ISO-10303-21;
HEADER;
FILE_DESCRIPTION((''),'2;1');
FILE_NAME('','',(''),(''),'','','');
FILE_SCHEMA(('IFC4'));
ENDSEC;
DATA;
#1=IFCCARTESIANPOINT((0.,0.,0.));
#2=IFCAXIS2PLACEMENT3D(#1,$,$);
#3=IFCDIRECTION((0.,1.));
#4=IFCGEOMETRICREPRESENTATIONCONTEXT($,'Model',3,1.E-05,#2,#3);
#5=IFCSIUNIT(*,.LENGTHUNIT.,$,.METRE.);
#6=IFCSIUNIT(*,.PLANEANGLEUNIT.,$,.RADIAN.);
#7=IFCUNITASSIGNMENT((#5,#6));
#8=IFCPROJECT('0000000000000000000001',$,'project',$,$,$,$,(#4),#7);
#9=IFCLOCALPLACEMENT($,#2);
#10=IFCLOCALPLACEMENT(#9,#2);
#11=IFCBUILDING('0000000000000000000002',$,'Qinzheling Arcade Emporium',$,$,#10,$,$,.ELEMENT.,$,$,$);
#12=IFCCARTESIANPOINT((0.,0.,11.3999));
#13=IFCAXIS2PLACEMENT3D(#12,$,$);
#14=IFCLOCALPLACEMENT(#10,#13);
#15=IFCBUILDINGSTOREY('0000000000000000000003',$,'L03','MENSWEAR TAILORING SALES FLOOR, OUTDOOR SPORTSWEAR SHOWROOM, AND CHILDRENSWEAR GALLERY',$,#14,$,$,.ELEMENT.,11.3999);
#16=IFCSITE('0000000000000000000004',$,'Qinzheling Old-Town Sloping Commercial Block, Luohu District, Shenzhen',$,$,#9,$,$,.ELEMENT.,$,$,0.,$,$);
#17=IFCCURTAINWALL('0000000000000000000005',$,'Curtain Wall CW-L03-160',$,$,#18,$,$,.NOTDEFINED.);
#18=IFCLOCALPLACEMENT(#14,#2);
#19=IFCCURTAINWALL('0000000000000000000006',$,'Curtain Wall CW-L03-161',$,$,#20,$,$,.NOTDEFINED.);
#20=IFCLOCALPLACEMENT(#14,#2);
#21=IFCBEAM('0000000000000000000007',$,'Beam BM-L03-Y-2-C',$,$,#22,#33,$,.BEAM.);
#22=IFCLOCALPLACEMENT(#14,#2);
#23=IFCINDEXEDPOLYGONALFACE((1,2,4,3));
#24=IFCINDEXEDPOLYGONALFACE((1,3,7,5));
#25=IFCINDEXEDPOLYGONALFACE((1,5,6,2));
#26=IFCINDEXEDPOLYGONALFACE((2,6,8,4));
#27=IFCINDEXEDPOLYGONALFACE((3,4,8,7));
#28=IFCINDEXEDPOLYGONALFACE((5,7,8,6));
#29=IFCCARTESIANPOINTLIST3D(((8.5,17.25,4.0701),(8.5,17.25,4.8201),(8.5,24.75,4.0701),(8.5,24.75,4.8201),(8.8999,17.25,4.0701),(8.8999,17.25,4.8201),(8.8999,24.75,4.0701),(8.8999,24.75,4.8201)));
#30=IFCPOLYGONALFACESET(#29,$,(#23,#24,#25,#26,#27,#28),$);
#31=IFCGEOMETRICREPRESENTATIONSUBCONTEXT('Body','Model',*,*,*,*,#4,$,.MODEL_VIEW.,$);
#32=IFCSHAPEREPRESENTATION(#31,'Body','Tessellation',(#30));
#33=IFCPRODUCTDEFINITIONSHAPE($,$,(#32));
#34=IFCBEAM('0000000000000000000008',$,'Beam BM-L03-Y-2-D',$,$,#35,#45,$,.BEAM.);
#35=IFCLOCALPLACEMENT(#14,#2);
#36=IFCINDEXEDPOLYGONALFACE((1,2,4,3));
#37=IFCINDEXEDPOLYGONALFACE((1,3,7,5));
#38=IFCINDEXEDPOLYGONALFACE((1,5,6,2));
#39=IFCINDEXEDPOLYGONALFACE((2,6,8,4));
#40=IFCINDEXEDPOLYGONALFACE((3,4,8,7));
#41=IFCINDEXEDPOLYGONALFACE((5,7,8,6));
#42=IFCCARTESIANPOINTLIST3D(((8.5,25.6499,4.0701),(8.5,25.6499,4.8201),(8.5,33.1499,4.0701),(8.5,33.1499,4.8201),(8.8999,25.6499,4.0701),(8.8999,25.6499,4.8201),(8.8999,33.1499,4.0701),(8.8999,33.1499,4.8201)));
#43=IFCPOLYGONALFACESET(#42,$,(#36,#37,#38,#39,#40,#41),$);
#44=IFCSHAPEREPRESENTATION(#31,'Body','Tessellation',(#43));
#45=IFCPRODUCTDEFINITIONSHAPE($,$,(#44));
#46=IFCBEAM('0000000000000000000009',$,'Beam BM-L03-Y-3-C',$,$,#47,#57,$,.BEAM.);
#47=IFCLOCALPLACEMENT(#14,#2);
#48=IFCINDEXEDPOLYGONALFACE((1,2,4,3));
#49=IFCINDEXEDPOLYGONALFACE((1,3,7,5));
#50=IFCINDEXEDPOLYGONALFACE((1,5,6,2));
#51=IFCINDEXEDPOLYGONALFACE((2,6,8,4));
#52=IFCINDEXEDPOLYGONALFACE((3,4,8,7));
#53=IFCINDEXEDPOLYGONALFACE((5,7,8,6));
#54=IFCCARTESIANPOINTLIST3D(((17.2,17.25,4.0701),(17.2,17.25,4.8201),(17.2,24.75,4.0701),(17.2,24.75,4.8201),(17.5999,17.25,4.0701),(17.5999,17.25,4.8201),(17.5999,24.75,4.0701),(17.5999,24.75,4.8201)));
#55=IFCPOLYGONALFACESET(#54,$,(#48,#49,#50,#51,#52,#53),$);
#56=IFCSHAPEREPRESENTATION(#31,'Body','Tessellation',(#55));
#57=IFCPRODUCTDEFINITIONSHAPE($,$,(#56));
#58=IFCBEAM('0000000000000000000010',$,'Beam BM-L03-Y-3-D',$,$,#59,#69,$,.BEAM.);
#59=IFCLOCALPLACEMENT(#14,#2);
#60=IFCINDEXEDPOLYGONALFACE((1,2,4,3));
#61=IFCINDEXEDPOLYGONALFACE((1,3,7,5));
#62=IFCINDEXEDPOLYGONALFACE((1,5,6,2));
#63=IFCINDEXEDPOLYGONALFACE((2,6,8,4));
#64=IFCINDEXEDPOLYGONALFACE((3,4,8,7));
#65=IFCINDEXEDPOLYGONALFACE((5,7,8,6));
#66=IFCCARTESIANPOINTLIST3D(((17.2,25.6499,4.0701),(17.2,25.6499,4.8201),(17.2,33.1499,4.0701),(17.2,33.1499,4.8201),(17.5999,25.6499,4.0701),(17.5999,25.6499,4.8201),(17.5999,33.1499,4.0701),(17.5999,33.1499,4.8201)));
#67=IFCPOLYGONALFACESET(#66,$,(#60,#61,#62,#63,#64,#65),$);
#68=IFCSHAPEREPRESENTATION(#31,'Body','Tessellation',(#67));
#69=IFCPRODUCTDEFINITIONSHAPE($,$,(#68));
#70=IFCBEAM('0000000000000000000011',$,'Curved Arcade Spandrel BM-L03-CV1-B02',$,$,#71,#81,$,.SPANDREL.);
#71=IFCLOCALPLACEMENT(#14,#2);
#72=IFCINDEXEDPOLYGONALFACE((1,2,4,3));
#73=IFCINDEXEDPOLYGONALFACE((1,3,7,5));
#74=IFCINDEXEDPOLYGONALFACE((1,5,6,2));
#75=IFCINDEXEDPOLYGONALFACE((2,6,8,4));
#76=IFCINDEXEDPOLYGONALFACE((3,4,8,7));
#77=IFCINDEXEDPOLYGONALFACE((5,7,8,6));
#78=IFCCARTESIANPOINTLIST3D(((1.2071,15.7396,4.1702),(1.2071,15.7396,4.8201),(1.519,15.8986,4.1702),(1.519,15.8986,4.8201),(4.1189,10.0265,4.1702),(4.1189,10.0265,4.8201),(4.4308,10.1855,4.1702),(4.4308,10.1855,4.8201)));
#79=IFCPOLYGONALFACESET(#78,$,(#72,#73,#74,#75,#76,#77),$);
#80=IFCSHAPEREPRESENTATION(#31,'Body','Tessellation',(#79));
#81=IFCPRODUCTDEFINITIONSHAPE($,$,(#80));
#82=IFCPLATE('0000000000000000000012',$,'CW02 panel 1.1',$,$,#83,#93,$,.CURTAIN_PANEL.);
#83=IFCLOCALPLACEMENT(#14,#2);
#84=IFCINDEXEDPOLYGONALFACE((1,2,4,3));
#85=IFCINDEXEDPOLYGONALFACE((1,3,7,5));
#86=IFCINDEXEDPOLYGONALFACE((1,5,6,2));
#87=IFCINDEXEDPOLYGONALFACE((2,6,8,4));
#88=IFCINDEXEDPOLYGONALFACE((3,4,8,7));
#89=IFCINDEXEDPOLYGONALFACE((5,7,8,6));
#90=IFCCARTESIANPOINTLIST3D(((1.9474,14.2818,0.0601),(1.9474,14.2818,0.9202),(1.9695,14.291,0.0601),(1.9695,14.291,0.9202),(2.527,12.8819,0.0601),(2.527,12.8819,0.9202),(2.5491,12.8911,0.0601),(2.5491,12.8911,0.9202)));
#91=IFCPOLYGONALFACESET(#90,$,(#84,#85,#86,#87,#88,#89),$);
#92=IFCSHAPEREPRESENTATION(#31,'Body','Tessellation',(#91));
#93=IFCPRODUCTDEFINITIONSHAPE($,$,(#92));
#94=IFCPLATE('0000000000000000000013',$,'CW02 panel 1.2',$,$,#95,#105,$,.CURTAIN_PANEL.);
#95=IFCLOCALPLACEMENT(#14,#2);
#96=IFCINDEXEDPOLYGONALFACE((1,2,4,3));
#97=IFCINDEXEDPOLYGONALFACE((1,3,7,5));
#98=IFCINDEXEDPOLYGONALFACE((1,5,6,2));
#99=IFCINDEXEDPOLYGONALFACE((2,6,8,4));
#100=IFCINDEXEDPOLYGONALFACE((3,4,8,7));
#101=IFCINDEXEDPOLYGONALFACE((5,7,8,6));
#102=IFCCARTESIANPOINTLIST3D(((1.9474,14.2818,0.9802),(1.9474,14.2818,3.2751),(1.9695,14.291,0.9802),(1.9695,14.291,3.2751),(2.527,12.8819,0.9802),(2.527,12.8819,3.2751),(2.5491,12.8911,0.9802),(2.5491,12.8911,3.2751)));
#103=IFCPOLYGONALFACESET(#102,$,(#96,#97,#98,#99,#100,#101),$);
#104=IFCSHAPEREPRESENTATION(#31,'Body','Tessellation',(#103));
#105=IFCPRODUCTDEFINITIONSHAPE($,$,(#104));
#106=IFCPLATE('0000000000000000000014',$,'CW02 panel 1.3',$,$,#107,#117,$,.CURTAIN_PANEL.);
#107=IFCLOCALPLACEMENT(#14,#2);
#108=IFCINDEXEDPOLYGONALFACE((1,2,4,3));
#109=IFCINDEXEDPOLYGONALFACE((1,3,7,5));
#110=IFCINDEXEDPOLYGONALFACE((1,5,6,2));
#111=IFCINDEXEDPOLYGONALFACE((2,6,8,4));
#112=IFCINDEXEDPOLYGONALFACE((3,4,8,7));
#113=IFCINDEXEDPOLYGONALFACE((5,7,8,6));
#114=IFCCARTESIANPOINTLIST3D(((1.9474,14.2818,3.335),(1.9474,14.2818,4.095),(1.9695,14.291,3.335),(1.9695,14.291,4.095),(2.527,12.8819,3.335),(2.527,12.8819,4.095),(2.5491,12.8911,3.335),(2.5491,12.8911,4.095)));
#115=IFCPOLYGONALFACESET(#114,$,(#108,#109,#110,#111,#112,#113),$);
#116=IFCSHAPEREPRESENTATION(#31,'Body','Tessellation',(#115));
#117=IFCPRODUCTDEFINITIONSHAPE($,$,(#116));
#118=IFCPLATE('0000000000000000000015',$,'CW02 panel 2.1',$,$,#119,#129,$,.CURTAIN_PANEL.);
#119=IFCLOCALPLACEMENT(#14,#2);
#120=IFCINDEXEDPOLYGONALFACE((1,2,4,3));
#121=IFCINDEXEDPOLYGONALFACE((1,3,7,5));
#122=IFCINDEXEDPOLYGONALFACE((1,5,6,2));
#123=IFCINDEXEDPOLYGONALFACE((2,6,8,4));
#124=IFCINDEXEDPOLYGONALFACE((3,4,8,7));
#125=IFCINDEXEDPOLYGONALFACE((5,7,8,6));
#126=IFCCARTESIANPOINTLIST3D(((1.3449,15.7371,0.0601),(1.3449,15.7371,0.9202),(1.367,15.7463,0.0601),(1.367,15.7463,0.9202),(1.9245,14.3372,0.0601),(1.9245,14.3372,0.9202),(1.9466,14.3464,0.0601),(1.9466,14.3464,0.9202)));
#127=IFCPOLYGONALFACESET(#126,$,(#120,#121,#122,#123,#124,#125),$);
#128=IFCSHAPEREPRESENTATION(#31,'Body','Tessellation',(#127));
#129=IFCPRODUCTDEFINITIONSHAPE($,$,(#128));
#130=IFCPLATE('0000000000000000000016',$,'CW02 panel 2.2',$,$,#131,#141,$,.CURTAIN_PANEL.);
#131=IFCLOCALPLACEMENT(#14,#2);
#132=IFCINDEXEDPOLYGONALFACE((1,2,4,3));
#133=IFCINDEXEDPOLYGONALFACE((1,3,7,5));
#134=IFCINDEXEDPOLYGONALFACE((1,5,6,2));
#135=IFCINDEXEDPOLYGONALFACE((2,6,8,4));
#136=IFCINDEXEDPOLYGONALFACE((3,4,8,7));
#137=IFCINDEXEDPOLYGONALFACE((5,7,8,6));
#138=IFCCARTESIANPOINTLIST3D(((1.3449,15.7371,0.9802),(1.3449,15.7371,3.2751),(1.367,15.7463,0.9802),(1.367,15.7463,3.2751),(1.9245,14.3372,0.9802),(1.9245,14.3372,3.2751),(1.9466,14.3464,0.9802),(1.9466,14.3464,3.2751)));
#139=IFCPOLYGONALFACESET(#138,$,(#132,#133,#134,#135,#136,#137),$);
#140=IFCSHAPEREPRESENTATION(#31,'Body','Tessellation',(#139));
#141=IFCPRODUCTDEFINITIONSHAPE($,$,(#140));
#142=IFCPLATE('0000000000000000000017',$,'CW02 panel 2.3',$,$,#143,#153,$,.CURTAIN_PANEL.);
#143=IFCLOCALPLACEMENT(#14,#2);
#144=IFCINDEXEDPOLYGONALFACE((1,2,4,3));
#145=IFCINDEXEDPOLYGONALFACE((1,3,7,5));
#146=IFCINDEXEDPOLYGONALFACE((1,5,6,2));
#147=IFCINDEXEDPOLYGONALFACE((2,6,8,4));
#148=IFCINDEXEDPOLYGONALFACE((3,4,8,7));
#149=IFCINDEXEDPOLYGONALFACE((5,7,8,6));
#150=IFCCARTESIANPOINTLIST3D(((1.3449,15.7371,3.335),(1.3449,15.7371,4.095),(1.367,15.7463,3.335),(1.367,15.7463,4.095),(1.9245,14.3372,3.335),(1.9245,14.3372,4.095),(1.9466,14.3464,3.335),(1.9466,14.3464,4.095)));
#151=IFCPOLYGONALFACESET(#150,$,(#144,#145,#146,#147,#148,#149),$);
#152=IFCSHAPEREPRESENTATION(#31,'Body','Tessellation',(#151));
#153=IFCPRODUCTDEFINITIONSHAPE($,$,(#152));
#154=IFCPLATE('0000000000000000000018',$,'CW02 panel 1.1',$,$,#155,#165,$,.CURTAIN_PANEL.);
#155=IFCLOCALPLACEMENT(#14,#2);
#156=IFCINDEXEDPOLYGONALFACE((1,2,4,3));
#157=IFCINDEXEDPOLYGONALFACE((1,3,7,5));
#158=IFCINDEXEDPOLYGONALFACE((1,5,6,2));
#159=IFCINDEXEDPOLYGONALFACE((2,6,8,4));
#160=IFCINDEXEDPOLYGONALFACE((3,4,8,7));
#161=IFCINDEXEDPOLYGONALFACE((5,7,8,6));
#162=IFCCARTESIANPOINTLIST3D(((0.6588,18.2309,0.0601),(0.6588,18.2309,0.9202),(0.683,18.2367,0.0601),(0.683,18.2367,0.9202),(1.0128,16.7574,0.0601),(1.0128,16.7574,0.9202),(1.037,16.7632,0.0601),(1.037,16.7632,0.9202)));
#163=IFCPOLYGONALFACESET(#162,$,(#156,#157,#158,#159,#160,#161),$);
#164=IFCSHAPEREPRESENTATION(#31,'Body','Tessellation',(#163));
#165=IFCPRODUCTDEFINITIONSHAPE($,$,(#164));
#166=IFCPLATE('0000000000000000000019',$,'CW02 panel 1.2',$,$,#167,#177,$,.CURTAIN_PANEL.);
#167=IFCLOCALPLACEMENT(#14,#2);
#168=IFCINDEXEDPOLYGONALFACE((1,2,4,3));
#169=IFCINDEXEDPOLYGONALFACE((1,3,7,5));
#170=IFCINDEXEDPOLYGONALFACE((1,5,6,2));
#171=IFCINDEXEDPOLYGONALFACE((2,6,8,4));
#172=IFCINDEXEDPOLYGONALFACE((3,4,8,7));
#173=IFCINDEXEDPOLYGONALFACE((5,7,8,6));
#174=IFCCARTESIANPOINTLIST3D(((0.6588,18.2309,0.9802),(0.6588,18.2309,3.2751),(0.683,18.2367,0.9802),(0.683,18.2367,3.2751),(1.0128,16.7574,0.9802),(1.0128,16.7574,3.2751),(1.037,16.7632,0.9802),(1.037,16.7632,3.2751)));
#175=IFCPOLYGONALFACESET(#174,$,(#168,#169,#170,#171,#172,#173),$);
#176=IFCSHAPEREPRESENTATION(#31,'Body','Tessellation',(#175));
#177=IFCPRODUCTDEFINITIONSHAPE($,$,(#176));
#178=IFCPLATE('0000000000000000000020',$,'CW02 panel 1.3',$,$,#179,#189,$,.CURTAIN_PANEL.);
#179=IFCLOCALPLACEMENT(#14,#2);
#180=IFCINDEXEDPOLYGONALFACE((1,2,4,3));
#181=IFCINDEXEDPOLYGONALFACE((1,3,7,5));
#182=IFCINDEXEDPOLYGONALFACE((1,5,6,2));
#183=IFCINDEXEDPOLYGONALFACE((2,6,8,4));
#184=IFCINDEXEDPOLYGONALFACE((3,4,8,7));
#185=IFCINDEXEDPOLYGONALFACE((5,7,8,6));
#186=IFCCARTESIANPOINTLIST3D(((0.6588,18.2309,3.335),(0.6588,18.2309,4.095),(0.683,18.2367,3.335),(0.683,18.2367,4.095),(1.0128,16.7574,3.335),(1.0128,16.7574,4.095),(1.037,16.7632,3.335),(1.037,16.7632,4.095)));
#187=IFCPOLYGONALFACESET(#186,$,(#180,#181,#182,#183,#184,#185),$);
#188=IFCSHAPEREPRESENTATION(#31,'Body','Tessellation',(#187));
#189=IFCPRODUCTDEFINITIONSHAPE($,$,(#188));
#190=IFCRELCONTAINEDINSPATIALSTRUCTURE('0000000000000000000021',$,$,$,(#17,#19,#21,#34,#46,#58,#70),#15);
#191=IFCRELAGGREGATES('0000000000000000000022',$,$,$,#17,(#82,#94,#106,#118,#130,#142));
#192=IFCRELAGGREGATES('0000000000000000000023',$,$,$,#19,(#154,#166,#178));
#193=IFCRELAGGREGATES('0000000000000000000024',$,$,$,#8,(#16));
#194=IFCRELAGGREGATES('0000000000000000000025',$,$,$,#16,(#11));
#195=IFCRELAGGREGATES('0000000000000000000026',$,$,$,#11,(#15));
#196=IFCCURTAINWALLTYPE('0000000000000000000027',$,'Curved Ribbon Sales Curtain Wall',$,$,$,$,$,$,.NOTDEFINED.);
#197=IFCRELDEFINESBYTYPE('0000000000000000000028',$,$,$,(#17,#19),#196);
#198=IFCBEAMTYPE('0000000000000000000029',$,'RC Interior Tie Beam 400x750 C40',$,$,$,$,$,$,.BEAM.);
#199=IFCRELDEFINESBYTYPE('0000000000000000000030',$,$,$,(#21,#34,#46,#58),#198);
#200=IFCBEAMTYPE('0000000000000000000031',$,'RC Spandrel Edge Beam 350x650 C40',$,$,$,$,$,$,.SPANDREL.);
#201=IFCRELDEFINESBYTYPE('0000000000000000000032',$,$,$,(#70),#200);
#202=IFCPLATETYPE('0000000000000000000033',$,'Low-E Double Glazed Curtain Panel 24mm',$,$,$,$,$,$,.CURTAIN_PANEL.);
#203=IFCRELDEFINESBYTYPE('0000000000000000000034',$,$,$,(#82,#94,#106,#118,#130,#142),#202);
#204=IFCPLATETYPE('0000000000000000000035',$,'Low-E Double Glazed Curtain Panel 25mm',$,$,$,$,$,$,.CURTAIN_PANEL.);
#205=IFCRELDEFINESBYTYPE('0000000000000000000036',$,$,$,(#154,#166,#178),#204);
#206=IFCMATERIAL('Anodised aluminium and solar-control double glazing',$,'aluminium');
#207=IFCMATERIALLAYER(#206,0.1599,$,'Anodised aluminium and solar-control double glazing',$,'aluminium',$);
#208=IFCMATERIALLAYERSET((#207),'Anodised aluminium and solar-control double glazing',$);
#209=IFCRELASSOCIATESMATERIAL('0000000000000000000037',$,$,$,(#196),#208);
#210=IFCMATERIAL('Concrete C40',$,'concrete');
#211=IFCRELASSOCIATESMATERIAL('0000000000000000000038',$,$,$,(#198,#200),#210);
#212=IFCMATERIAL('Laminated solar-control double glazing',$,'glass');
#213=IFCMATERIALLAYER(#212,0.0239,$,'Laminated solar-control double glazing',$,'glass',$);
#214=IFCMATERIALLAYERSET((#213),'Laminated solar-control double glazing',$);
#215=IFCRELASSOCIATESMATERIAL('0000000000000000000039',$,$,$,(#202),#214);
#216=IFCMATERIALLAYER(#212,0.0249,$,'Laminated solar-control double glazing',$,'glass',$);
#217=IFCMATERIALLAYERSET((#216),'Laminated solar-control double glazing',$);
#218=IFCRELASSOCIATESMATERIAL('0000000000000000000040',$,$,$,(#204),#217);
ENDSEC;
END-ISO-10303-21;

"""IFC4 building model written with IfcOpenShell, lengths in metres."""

from ifc_helpers import new_model, si_unit, direction, frame, origin, origin_2d, place, context, subcontext, project, spatial, rectangle, extrude, material, layer, layer_set, material_profile, profile_set, type_object, element, aggregate, save


model = new_model("IFC4")

# Units and contexts
model_context = context("Model", 3, precision=1e-05, world=origin(), true_north=direction((0.0, 1.0)))
body_context = subcontext(model_context, "Body", "Model", "MODEL_VIEW")
ifc_project = project(units=[si_unit("LENGTHUNIT", "METRE"), si_unit("PLANEANGLEUNIT", "RADIAN")], contexts=[model_context])

# Site, building, storey
site_placement = place(None, origin())
site = spatial("IfcSite", under=ifc_project, at=site_placement, Name="Qinzheling Old-Town Sloping Commercial Block, Luohu District, Shenzhen", CompositionType="ELEMENT", RefElevation=0.0)
building_placement = place(site_placement, origin())
building = spatial("IfcBuilding", under=site, at=building_placement, Name="Qinzheling Arcade Emporium", CompositionType="ELEMENT")
storey_placement = place(building_placement, frame((0.0, 0.0, 11.3999)))
storey = spatial("IfcBuildingStorey", under=building, at=storey_placement, Name="L03", Description="MENSWEAR TAILORING SALES FLOOR, OUTDOOR SPORTSWEAR SHOWROOM, AND CHILDRENSWEAR GALLERY", CompositionType="ELEMENT", Elevation=11.3999)

# Curtain walls
ifc_material_1 = material(Name="Anodised aluminium and solar-control double glazing", Category="aluminium")
ifc_layer_1 = layer(ifc_material_1, 0.1599, Name="Anodised aluminium and solar-control double glazing", Category="aluminium")
ifc_layer_set_1 = layer_set([ifc_layer_1], Name="Anodised aluminium and solar-control double glazing")
curtain_wall_type = type_object("IfcCurtainWallType", Name="Curved Ribbon Sales Curtain Wall", PredefinedType="NOTDEFINED", material=ifc_layer_set_1)
curtain_wall_1_placement = place(storey_placement, origin())
curtain_wall_1 = element("IfcCurtainWall", 1, at=curtain_wall_1_placement, inside=storey, type_object=curtain_wall_type, Name="Curtain Wall CW-L03-160", PredefinedType="NOTDEFINED")
curtain_wall_2_placement = place(storey_placement, origin())
curtain_wall_2 = element("IfcCurtainWall", 2, at=curtain_wall_2_placement, inside=storey, type_object=curtain_wall_type, Name="Curtain Wall CW-L03-161", PredefinedType="NOTDEFINED")

# Beams
ifc_material_2 = material(Name="Concrete C40", Category="concrete")
ifc_material_profile_1 = material_profile(ifc_material_2, rectangle(XDim=0.3999, YDim=0.75, at=origin_2d()), Name="RC 400x750", Category="concrete")
ifc_profile_set_1 = profile_set([ifc_material_profile_1], Name="Concrete C40")
beam_type_1 = type_object("IfcBeamType", Name="RC Interior Tie Beam 400x750 C40", PredefinedType="BEAM", material=ifc_profile_set_1)
for number, where, z_axis, x_axis, name in (
    (3, (8.7, 17.25, 4.4451), (0.0, 1.0, 0.0), (-1.0, 0.0, 0.0), "Beam BM-L03-Y-2-C"),
    (4, (8.7, 25.6499, 4.4451), (0.0, 1.0, 0.0), (-1.0, 0.0, 0.0), "Beam BM-L03-Y-2-D"),
    (5, (17.3999, 17.25, 4.4451), (0.0, 1.0, 0.0), (-1.0, 0.0, 0.0), "Beam BM-L03-Y-3-C"),
    (6, (17.3999, 25.6499, 4.4451), (0.0, 1.0, 0.0), (-1.0, 0.0, 0.0), "Beam BM-L03-Y-3-D"),
):
    element("IfcBeam", number, at=place(storey_placement, frame(where, z_axis=z_axis, x_axis=x_axis)), inside=storey, type_object=beam_type_1, Name=name, PredefinedType="BEAM", context=body_context, shape_type="SweptSolid", body=[
        extrude(rectangle(XDim=0.3999, YDim=0.75, at=origin_2d()), origin(), (0.0, 0.0, 1.0), 7.5),
    ])
ifc_material_profile_2 = material_profile(ifc_material_2, rectangle(XDim=0.3501, YDim=0.6499, at=origin_2d()), Name="RC 350x650", Category="concrete")
ifc_profile_set_2 = profile_set([ifc_material_profile_2], Name="Concrete C40")
beam_type_2 = type_object("IfcBeamType", Name="RC Spandrel Edge Beam 350x650 C40", PredefinedType="SPANDREL", material=ifc_profile_set_2)
beam_1_placement = place(storey_placement, frame((1.363, 15.8191, 4.4951), z_axis=(0.454099, -0.890951, 0.0), x_axis=(0.890951, 0.454099, 0.0)))
element("IfcBeam", 7, at=beam_1_placement, inside=storey, type_object=beam_type_2, Name="Curved Arcade Spandrel BM-L03-CV1-B02", PredefinedType="SPANDREL", context=body_context, shape_type="SweptSolid", body=[
    extrude(rectangle(XDim=0.3501, YDim=0.6499, at=origin_2d()), origin(), (0.0, 0.0, 1.0), 6.4124),
])

# Plates
ifc_material_3 = material(Name="Laminated solar-control double glazing", Category="glass")
ifc_layer_2 = layer(ifc_material_3, 0.0239, Name="Laminated solar-control double glazing", Category="glass")
ifc_layer_set_2 = layer_set([ifc_layer_2], Name="Laminated solar-control double glazing")
plate_type_1 = type_object("IfcPlateType", Name="Low-E Double Glazed Curtain Panel 24mm", PredefinedType="CURTAIN_PANEL", material=ifc_layer_set_2)
plate_1_placement = place(storey_placement, frame((2.2483, 13.5864, 0.0601), z_axis=(0.0, 0.0, 1.0), x_axis=(-0.382535, 0.923941, 0.0)))
plate_1 = element("IfcPlate", 8, at=plate_1_placement, type_object=plate_type_1, Name="CW02 panel 1.1", PredefinedType="CURTAIN_PANEL", context=body_context, shape_type="SweptSolid", body=[
    extrude(rectangle(XDim=1.5151, YDim=0.0239, at=origin_2d()), origin(), (0.0, 0.0, 1.0), 0.8601),
])
plate_2_placement = place(storey_placement, frame((2.2483, 13.5864, 0.9802), z_axis=(0.0, 0.0, 1.0), x_axis=(-0.382535, 0.923941, 0.0)))
plate_2 = element("IfcPlate", 9, at=plate_2_placement, type_object=plate_type_1, Name="CW02 panel 1.2", PredefinedType="CURTAIN_PANEL", context=body_context, shape_type="SweptSolid", body=[
    extrude(rectangle(XDim=1.5151, YDim=0.0239, at=origin_2d()), origin(), (0.0, 0.0, 1.0), 2.2949),
])
plate_3_placement = place(storey_placement, frame((2.2483, 13.5864, 3.335), z_axis=(0.0, 0.0, 1.0), x_axis=(-0.382535, 0.923941, 0.0)))
plate_3 = element("IfcPlate", 10, at=plate_3_placement, type_object=plate_type_1, Name="CW02 panel 1.3", PredefinedType="CURTAIN_PANEL", context=body_context, shape_type="SweptSolid", body=[
    extrude(rectangle(XDim=1.5151, YDim=0.0239, at=origin_2d()), origin(), (0.0, 0.0, 1.0), 0.76),
])
plate_4_placement = place(storey_placement, frame((1.6458, 15.0417, 0.0601), z_axis=(0.0, 0.0, 1.0), x_axis=(-0.382535, 0.923941, 0.0)))
plate_4 = element("IfcPlate", 11, at=plate_4_placement, type_object=plate_type_1, Name="CW02 panel 2.1", PredefinedType="CURTAIN_PANEL", context=body_context, shape_type="SweptSolid", body=[
    extrude(rectangle(XDim=1.5151, YDim=0.0239, at=origin_2d()), origin(), (0.0, 0.0, 1.0), 0.8601),
])
plate_5_placement = place(storey_placement, frame((1.6458, 15.0417, 0.9802), z_axis=(0.0, 0.0, 1.0), x_axis=(-0.382535, 0.923941, 0.0)))
plate_5 = element("IfcPlate", 12, at=plate_5_placement, type_object=plate_type_1, Name="CW02 panel 2.2", PredefinedType="CURTAIN_PANEL", context=body_context, shape_type="SweptSolid", body=[
    extrude(rectangle(XDim=1.5151, YDim=0.0239, at=origin_2d()), origin(), (0.0, 0.0, 1.0), 2.2949),
])
plate_6_placement = place(storey_placement, frame((1.6458, 15.0417, 3.335), z_axis=(0.0, 0.0, 1.0), x_axis=(-0.382535, 0.923941, 0.0)))
plate_6 = element("IfcPlate", 13, at=plate_6_placement, type_object=plate_type_1, Name="CW02 panel 2.3", PredefinedType="CURTAIN_PANEL", context=body_context, shape_type="SweptSolid", body=[
    extrude(rectangle(XDim=1.5151, YDim=0.0239, at=origin_2d()), origin(), (0.0, 0.0, 1.0), 0.76),
])
aggregate(curtain_wall_1, [plate_1, plate_2, plate_3, plate_4, plate_5, plate_6])
ifc_layer_3 = layer(ifc_material_3, 0.0249, Name="Laminated solar-control double glazing", Category="glass")
ifc_layer_set_3 = layer_set([ifc_layer_3], Name="Laminated solar-control double glazing")
plate_type_2 = type_object("IfcPlateType", Name="Low-E Double Glazed Curtain Panel 25mm", PredefinedType="CURTAIN_PANEL", material=ifc_layer_set_3)
plate_7_placement = place(storey_placement, frame((0.8479, 17.4971, 0.0601), z_axis=(0.0, 0.0, 1.0), x_axis=(-0.233585, 0.972336, 0.0)))
plate_7 = element("IfcPlate", 14, at=plate_7_placement, type_object=plate_type_2, Name="CW02 panel 1.1", PredefinedType="CURTAIN_PANEL", context=body_context, shape_type="SweptSolid", body=[
    extrude(rectangle(XDim=1.5154, YDim=0.0249, at=origin_2d()), origin(), (0.0, 0.0, 1.0), 0.8601),
])
plate_8_placement = place(storey_placement, frame((0.8479, 17.4971, 0.9802), z_axis=(0.0, 0.0, 1.0), x_axis=(-0.233585, 0.972336, 0.0)))
plate_8 = element("IfcPlate", 15, at=plate_8_placement, type_object=plate_type_2, Name="CW02 panel 1.2", PredefinedType="CURTAIN_PANEL", context=body_context, shape_type="SweptSolid", body=[
    extrude(rectangle(XDim=1.5154, YDim=0.0249, at=origin_2d()), origin(), (0.0, 0.0, 1.0), 2.2949),
])
plate_9_placement = place(storey_placement, frame((0.8479, 17.4971, 3.335), z_axis=(0.0, 0.0, 1.0), x_axis=(-0.233585, 0.972336, 0.0)))
plate_9 = element("IfcPlate", 16, at=plate_9_placement, type_object=plate_type_2, Name="CW02 panel 1.3", PredefinedType="CURTAIN_PANEL", context=body_context, shape_type="SweptSolid", body=[
    extrude(rectangle(XDim=1.5154, YDim=0.0249, at=origin_2d()), origin(), (0.0, 0.0, 1.0), 0.76),
])
aggregate(curtain_wall_2, [plate_7, plate_8, plate_9])

save(model, "model.ifc")
